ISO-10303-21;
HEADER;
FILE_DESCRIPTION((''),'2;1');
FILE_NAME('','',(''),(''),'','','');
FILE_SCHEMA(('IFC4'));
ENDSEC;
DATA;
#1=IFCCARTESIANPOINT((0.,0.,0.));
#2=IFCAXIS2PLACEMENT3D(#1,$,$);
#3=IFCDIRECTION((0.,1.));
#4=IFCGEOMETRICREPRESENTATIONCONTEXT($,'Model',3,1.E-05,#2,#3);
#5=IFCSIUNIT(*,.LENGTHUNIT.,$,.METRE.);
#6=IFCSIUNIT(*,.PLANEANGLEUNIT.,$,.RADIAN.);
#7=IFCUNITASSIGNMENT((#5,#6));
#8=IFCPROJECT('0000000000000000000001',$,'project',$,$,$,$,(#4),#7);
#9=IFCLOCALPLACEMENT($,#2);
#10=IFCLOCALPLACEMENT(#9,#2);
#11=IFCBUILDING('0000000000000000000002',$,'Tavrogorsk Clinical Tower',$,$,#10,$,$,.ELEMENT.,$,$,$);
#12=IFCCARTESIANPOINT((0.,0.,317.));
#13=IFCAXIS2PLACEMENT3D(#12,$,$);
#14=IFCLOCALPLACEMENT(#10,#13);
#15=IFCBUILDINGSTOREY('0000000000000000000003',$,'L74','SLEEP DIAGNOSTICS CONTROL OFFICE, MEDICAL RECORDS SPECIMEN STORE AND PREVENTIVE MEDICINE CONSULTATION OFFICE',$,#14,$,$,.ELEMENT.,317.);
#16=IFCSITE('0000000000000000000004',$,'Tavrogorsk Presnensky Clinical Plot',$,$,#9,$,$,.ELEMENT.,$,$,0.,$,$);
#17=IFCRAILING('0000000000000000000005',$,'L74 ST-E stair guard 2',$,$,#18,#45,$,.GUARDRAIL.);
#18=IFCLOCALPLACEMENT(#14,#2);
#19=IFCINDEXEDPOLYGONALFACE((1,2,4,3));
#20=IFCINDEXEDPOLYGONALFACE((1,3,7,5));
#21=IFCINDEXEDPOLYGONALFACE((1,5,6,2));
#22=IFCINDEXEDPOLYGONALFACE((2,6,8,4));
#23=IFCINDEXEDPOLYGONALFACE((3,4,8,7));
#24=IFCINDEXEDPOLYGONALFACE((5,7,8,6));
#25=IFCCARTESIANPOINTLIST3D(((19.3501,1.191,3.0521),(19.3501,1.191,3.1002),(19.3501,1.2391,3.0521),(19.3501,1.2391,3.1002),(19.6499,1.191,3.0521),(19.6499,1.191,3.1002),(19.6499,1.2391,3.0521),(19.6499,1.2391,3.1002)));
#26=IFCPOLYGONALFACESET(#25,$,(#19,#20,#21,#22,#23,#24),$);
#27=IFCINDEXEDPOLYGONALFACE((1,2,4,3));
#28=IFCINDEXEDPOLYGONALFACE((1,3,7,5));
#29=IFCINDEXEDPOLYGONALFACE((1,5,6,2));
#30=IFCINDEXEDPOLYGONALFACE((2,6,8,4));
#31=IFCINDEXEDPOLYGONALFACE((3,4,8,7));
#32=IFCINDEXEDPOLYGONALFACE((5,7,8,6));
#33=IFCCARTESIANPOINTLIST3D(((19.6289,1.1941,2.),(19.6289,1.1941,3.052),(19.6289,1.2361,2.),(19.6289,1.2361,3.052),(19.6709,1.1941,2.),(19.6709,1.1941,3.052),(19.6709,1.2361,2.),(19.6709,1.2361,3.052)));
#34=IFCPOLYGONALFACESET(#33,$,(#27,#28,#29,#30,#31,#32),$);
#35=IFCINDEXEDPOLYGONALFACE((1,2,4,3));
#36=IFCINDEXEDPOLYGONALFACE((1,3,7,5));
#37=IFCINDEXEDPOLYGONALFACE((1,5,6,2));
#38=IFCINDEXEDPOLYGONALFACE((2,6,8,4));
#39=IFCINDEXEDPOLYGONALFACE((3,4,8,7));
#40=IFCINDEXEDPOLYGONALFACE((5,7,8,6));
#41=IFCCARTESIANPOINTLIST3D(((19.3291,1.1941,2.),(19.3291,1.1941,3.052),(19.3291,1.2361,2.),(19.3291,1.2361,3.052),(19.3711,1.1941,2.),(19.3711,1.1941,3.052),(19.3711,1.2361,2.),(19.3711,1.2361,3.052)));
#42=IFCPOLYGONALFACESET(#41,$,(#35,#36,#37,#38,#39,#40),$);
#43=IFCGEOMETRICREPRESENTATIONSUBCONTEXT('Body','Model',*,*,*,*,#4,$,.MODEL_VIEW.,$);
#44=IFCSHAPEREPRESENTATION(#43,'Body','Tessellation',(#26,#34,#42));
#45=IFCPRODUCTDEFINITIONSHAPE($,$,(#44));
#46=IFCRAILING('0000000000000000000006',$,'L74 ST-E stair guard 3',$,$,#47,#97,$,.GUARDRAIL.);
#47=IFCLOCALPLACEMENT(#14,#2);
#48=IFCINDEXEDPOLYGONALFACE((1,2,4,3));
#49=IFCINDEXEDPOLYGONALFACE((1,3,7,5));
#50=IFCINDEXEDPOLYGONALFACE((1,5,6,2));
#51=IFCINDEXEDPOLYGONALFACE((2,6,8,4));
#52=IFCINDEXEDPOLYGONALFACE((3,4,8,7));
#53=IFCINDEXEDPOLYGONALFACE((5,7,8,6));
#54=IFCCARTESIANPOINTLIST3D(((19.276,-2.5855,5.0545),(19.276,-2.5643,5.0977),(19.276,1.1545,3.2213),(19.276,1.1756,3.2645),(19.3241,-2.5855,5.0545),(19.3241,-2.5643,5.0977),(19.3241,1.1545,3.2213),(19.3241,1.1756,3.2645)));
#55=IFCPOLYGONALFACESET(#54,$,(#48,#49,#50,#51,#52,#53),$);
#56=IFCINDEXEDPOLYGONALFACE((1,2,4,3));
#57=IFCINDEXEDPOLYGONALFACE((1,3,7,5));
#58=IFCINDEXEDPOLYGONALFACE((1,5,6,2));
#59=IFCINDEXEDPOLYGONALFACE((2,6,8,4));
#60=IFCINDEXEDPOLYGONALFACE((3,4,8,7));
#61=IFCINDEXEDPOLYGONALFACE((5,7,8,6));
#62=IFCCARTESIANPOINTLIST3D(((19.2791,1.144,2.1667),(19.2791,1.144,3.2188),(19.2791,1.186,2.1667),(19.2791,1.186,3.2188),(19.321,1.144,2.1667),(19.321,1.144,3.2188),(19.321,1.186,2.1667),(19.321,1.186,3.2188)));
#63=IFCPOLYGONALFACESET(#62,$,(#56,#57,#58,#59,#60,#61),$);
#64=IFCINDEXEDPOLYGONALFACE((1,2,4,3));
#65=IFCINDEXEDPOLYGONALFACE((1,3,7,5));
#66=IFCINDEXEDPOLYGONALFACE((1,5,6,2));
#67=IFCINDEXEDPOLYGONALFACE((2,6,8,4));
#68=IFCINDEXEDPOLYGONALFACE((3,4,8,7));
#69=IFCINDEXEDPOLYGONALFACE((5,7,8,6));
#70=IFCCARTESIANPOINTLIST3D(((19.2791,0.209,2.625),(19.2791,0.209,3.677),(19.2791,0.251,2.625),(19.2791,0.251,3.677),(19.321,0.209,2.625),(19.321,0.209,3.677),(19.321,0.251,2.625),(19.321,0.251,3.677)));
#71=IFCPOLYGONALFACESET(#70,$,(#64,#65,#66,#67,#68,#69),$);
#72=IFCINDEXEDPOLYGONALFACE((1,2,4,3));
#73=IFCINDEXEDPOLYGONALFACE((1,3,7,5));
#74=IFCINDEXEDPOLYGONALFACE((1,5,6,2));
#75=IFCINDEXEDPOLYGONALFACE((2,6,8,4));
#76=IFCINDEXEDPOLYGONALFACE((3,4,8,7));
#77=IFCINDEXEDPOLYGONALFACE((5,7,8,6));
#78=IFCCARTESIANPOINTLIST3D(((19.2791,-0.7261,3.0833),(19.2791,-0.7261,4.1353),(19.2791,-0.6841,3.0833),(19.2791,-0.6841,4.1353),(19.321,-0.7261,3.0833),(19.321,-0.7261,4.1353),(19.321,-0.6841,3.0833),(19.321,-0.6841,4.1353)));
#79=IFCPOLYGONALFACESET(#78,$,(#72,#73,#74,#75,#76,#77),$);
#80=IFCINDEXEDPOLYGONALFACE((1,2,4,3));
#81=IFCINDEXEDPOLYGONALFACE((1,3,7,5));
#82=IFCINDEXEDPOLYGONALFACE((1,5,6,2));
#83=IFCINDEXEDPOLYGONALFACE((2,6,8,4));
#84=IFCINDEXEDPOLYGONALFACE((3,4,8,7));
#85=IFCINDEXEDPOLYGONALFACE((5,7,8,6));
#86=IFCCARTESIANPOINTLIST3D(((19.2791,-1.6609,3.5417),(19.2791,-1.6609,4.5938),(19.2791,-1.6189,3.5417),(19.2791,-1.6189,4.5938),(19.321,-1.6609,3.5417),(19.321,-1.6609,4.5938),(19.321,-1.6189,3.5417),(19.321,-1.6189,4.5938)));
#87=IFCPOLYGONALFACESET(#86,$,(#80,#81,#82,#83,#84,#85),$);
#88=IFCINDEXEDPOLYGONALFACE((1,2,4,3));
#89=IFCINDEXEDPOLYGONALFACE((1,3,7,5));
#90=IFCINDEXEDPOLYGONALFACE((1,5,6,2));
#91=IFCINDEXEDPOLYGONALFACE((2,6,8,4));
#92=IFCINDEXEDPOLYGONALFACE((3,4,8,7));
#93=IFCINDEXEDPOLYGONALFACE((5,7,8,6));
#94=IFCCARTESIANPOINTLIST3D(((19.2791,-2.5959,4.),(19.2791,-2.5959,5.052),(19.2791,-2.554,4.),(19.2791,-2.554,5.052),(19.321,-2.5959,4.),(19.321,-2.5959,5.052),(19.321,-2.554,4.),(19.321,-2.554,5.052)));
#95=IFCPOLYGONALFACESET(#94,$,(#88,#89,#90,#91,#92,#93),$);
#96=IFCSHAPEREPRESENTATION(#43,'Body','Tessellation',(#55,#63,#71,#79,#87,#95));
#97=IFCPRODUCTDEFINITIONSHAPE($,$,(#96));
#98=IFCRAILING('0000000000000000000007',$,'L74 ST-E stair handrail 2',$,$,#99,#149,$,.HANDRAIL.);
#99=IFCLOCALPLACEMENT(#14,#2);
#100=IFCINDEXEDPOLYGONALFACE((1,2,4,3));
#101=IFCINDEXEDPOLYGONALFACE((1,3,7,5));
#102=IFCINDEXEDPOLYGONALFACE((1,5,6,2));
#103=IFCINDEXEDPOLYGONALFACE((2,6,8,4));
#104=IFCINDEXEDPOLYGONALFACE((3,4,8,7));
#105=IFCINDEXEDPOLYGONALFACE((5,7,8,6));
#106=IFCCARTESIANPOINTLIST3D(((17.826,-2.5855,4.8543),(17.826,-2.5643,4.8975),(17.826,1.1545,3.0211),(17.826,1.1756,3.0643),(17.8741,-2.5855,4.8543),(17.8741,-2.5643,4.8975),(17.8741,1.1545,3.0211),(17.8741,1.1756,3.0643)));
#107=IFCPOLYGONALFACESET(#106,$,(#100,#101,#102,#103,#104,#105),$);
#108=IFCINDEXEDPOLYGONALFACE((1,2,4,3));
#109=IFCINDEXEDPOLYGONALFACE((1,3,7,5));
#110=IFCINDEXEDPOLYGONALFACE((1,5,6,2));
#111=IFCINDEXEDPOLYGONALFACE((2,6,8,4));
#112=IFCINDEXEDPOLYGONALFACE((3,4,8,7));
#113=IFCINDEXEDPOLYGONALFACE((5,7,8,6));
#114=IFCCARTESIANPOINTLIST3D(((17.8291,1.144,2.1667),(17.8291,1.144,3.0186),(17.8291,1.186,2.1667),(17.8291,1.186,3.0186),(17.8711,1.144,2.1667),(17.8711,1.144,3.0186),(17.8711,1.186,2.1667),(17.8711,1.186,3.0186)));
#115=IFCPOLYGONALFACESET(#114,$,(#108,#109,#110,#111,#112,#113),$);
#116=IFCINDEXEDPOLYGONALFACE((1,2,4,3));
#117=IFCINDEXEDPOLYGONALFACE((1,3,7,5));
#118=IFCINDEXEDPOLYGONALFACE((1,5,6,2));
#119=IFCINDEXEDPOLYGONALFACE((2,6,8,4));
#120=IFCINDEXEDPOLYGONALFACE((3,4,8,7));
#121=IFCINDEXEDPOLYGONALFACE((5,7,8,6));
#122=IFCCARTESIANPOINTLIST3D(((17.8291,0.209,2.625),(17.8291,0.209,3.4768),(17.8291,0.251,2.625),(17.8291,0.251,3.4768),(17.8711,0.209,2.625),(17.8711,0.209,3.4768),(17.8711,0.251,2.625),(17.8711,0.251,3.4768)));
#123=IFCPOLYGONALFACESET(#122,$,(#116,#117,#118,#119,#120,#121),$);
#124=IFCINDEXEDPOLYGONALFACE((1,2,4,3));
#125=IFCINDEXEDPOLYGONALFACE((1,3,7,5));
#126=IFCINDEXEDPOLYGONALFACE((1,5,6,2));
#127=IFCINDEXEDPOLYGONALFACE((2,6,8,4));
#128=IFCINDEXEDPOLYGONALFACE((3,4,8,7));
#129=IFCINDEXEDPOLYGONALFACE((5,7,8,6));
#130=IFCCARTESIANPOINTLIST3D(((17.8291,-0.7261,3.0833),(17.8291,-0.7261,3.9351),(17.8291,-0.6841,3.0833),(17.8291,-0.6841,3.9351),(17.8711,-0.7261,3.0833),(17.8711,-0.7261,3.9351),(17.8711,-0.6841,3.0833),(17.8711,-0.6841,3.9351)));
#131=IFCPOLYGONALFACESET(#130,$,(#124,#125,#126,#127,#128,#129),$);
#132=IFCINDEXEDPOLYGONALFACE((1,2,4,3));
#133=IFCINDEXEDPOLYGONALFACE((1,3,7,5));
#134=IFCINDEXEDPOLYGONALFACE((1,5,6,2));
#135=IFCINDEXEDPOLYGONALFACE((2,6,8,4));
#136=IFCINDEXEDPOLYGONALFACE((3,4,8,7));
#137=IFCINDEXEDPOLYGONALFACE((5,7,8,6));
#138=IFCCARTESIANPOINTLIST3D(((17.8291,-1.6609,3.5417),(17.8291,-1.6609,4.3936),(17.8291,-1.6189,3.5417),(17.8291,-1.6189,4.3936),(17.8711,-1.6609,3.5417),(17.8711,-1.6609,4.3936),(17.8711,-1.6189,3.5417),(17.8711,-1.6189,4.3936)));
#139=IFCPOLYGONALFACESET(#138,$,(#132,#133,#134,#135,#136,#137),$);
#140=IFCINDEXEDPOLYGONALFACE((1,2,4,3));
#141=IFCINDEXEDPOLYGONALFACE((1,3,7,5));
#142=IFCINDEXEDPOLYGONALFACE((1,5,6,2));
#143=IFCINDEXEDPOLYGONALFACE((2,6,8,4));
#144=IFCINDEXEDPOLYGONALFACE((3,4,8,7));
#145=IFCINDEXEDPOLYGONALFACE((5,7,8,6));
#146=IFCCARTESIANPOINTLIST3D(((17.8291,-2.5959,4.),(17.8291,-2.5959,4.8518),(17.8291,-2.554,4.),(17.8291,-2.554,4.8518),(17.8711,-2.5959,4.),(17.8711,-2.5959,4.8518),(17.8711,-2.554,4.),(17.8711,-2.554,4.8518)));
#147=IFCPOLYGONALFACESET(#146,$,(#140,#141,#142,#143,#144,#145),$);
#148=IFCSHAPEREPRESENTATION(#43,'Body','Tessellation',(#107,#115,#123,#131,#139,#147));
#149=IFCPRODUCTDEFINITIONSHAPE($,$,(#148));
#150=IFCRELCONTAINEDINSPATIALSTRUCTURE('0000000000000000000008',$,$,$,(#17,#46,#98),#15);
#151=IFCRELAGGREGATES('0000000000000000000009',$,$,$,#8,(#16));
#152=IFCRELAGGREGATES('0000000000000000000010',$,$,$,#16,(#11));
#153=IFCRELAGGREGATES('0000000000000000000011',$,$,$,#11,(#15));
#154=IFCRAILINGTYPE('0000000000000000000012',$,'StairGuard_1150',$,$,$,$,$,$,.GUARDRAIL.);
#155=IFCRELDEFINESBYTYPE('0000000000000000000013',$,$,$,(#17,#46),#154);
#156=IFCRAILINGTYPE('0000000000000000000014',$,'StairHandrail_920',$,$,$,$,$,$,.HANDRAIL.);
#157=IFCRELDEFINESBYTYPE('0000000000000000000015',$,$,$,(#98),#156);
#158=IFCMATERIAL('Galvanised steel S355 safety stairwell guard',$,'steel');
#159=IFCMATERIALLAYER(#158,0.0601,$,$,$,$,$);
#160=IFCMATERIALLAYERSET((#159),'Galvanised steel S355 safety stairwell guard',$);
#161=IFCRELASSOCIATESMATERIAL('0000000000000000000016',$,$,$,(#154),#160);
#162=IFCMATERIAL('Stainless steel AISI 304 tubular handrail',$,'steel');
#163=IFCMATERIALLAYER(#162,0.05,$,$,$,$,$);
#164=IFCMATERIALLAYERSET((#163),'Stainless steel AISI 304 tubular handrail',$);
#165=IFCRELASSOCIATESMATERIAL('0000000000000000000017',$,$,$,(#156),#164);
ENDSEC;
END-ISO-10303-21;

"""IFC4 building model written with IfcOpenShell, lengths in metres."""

from ifc_helpers import new_model, si_unit, direction, frame, origin, origin_2d, place, context, subcontext, project, spatial, rectangle, extrude, material, layer, layer_set, type_object, element, save


model = new_model("IFC4")

# Units and contexts
model_context = context("Model", 3, precision=1e-05, world=origin(), true_north=direction((0.0, 1.0)))
body_context = subcontext(model_context, "Body", "Model", "MODEL_VIEW")
ifc_project = project(units=[si_unit("LENGTHUNIT", "METRE"), si_unit("PLANEANGLEUNIT", "RADIAN")], contexts=[model_context])

# Site, building, storey
site_placement = place(None, origin())
site = spatial("IfcSite", under=ifc_project, at=site_placement, Name="Tavrogorsk Presnensky Clinical Plot", CompositionType="ELEMENT", RefElevation=0.0)
building_placement = place(site_placement, origin())
building = spatial("IfcBuilding", under=site, at=building_placement, Name="Tavrogorsk Clinical Tower", CompositionType="ELEMENT")
storey_placement = place(building_placement, frame((0.0, 0.0, 317.0)))
storey = spatial("IfcBuildingStorey", under=building, at=storey_placement, Name="L74", Description="SLEEP DIAGNOSTICS CONTROL OFFICE, MEDICAL RECORDS SPECIMEN STORE AND PREVENTIVE MEDICINE CONSULTATION OFFICE", CompositionType="ELEMENT", Elevation=317.0)

# Railings
ifc_material_1 = material(Name="Galvanised steel S355 safety stairwell guard", Category="steel")
ifc_layer_1 = layer(ifc_material_1, 0.0601)
ifc_layer_set_1 = layer_set([ifc_layer_1], Name="Galvanised steel S355 safety stairwell guard")
railing_type_1 = type_object("IfcRailingType", Name="StairGuard_1150", PredefinedType="GUARDRAIL", material=ifc_layer_set_1)
railing_1_placement = place(storey_placement, frame((19.6499, 1.2151, 2.0)))
element("IfcRailing", 1, at=railing_1_placement, inside=storey, type_object=railing_type_1, Name="L74 ST-E stair guard 2", PredefinedType="GUARDRAIL", context=body_context, shape_type="SweptSolid", body=[
    extrude(rectangle(XDim=0.0481, YDim=0.0481, at=origin_2d()), frame((0.0, 0.0, 1.0762), z_axis=(-1.0, 0.0, 0.0), x_axis=(0.0, -1.0, 0.0)), (0.0, 0.0, 1.0), 0.2998),
    extrude(rectangle(XDim=0.042, YDim=0.042, at=origin_2d()), origin(), (0.0, 0.0, 1.0), 1.052),
    extrude(rectangle(XDim=0.042, YDim=0.042, at=origin_2d()), frame((-0.2998, 0.0, 0.0)), (0.0, 0.0, 1.0), 1.052),
])
railing_2_placement = place(storey_placement, frame((19.3, 1.165, 2.1667)))
element("IfcRailing", 2, at=railing_2_placement, inside=storey, type_object=railing_type_1, Name="L74 ST-E stair guard 3", PredefinedType="GUARDRAIL", context=body_context, shape_type="SweptSolid", body=[
    extrude(rectangle(XDim=0.0481, YDim=0.0481, at=origin_2d()), frame((0.0, 0.0, 1.0762), z_axis=(0.0, -0.897928, 0.440142), x_axis=(1.0, 0.0, 0.0)), (0.0, 0.0, 1.0), 4.165),
    extrude(rectangle(XDim=0.042, YDim=0.042, at=origin_2d()), origin(), (0.0, 0.0, 1.0), 1.052),
    extrude(rectangle(XDim=0.042, YDim=0.042, at=origin_2d()), frame((0.0, -0.9351, 0.4583)), (0.0, 0.0, 1.0), 1.052),
    extrude(rectangle(XDim=0.042, YDim=0.042, at=origin_2d()), frame((0.0, -1.8701, 0.9165)), (0.0, 0.0, 1.0), 1.052),
    extrude(rectangle(XDim=0.042, YDim=0.042, at=origin_2d()), frame((0.0, -2.8049, 1.375)), (0.0, 0.0, 1.0), 1.052),
    extrude(rectangle(XDim=0.042, YDim=0.042, at=origin_2d()), frame((0.0, -3.74, 1.8333)), (0.0, 0.0, 1.0), 1.052),
])
ifc_material_2 = material(Name="Stainless steel AISI 304 tubular handrail", Category="steel")
ifc_layer_2 = layer(ifc_material_2, 0.05)
ifc_layer_set_2 = layer_set([ifc_layer_2], Name="Stainless steel AISI 304 tubular handrail")
railing_type_2 = type_object("IfcRailingType", Name="StairHandrail_920", PredefinedType="HANDRAIL", material=ifc_layer_set_2)
railing_3_placement = place(storey_placement, frame((17.8501, 1.165, 2.1667)))
element("IfcRailing", 3, at=railing_3_placement, inside=storey, type_object=railing_type_2, Name="L74 ST-E stair handrail 2", PredefinedType="HANDRAIL", context=body_context, shape_type="SweptSolid", body=[
    extrude(rectangle(XDim=0.0481, YDim=0.0481, at=origin_2d()), frame((0.0, 0.0, 0.876), z_axis=(0.0, -0.897928, 0.440142), x_axis=(1.0, 0.0, 0.0)), (0.0, 0.0, 1.0), 4.165),
    extrude(rectangle(XDim=0.042, YDim=0.042, at=origin_2d()), origin(), (0.0, 0.0, 1.0), 0.8518),
    extrude(rectangle(XDim=0.042, YDim=0.042, at=origin_2d()), frame((0.0, -0.9351, 0.4583)), (0.0, 0.0, 1.0), 0.8518),
    extrude(rectangle(XDim=0.042, YDim=0.042, at=origin_2d()), frame((0.0, -1.8701, 0.9165)), (0.0, 0.0, 1.0), 0.8518),
    extrude(rectangle(XDim=0.042, YDim=0.042, at=origin_2d()), frame((0.0, -2.8049, 1.375)), (0.0, 0.0, 1.0), 0.8518),
    extrude(rectangle(XDim=0.042, YDim=0.042, at=origin_2d()), frame((0.0, -3.74, 1.8333)), (0.0, 0.0, 1.0), 0.8518),
])

save(model, "model.ifc")
